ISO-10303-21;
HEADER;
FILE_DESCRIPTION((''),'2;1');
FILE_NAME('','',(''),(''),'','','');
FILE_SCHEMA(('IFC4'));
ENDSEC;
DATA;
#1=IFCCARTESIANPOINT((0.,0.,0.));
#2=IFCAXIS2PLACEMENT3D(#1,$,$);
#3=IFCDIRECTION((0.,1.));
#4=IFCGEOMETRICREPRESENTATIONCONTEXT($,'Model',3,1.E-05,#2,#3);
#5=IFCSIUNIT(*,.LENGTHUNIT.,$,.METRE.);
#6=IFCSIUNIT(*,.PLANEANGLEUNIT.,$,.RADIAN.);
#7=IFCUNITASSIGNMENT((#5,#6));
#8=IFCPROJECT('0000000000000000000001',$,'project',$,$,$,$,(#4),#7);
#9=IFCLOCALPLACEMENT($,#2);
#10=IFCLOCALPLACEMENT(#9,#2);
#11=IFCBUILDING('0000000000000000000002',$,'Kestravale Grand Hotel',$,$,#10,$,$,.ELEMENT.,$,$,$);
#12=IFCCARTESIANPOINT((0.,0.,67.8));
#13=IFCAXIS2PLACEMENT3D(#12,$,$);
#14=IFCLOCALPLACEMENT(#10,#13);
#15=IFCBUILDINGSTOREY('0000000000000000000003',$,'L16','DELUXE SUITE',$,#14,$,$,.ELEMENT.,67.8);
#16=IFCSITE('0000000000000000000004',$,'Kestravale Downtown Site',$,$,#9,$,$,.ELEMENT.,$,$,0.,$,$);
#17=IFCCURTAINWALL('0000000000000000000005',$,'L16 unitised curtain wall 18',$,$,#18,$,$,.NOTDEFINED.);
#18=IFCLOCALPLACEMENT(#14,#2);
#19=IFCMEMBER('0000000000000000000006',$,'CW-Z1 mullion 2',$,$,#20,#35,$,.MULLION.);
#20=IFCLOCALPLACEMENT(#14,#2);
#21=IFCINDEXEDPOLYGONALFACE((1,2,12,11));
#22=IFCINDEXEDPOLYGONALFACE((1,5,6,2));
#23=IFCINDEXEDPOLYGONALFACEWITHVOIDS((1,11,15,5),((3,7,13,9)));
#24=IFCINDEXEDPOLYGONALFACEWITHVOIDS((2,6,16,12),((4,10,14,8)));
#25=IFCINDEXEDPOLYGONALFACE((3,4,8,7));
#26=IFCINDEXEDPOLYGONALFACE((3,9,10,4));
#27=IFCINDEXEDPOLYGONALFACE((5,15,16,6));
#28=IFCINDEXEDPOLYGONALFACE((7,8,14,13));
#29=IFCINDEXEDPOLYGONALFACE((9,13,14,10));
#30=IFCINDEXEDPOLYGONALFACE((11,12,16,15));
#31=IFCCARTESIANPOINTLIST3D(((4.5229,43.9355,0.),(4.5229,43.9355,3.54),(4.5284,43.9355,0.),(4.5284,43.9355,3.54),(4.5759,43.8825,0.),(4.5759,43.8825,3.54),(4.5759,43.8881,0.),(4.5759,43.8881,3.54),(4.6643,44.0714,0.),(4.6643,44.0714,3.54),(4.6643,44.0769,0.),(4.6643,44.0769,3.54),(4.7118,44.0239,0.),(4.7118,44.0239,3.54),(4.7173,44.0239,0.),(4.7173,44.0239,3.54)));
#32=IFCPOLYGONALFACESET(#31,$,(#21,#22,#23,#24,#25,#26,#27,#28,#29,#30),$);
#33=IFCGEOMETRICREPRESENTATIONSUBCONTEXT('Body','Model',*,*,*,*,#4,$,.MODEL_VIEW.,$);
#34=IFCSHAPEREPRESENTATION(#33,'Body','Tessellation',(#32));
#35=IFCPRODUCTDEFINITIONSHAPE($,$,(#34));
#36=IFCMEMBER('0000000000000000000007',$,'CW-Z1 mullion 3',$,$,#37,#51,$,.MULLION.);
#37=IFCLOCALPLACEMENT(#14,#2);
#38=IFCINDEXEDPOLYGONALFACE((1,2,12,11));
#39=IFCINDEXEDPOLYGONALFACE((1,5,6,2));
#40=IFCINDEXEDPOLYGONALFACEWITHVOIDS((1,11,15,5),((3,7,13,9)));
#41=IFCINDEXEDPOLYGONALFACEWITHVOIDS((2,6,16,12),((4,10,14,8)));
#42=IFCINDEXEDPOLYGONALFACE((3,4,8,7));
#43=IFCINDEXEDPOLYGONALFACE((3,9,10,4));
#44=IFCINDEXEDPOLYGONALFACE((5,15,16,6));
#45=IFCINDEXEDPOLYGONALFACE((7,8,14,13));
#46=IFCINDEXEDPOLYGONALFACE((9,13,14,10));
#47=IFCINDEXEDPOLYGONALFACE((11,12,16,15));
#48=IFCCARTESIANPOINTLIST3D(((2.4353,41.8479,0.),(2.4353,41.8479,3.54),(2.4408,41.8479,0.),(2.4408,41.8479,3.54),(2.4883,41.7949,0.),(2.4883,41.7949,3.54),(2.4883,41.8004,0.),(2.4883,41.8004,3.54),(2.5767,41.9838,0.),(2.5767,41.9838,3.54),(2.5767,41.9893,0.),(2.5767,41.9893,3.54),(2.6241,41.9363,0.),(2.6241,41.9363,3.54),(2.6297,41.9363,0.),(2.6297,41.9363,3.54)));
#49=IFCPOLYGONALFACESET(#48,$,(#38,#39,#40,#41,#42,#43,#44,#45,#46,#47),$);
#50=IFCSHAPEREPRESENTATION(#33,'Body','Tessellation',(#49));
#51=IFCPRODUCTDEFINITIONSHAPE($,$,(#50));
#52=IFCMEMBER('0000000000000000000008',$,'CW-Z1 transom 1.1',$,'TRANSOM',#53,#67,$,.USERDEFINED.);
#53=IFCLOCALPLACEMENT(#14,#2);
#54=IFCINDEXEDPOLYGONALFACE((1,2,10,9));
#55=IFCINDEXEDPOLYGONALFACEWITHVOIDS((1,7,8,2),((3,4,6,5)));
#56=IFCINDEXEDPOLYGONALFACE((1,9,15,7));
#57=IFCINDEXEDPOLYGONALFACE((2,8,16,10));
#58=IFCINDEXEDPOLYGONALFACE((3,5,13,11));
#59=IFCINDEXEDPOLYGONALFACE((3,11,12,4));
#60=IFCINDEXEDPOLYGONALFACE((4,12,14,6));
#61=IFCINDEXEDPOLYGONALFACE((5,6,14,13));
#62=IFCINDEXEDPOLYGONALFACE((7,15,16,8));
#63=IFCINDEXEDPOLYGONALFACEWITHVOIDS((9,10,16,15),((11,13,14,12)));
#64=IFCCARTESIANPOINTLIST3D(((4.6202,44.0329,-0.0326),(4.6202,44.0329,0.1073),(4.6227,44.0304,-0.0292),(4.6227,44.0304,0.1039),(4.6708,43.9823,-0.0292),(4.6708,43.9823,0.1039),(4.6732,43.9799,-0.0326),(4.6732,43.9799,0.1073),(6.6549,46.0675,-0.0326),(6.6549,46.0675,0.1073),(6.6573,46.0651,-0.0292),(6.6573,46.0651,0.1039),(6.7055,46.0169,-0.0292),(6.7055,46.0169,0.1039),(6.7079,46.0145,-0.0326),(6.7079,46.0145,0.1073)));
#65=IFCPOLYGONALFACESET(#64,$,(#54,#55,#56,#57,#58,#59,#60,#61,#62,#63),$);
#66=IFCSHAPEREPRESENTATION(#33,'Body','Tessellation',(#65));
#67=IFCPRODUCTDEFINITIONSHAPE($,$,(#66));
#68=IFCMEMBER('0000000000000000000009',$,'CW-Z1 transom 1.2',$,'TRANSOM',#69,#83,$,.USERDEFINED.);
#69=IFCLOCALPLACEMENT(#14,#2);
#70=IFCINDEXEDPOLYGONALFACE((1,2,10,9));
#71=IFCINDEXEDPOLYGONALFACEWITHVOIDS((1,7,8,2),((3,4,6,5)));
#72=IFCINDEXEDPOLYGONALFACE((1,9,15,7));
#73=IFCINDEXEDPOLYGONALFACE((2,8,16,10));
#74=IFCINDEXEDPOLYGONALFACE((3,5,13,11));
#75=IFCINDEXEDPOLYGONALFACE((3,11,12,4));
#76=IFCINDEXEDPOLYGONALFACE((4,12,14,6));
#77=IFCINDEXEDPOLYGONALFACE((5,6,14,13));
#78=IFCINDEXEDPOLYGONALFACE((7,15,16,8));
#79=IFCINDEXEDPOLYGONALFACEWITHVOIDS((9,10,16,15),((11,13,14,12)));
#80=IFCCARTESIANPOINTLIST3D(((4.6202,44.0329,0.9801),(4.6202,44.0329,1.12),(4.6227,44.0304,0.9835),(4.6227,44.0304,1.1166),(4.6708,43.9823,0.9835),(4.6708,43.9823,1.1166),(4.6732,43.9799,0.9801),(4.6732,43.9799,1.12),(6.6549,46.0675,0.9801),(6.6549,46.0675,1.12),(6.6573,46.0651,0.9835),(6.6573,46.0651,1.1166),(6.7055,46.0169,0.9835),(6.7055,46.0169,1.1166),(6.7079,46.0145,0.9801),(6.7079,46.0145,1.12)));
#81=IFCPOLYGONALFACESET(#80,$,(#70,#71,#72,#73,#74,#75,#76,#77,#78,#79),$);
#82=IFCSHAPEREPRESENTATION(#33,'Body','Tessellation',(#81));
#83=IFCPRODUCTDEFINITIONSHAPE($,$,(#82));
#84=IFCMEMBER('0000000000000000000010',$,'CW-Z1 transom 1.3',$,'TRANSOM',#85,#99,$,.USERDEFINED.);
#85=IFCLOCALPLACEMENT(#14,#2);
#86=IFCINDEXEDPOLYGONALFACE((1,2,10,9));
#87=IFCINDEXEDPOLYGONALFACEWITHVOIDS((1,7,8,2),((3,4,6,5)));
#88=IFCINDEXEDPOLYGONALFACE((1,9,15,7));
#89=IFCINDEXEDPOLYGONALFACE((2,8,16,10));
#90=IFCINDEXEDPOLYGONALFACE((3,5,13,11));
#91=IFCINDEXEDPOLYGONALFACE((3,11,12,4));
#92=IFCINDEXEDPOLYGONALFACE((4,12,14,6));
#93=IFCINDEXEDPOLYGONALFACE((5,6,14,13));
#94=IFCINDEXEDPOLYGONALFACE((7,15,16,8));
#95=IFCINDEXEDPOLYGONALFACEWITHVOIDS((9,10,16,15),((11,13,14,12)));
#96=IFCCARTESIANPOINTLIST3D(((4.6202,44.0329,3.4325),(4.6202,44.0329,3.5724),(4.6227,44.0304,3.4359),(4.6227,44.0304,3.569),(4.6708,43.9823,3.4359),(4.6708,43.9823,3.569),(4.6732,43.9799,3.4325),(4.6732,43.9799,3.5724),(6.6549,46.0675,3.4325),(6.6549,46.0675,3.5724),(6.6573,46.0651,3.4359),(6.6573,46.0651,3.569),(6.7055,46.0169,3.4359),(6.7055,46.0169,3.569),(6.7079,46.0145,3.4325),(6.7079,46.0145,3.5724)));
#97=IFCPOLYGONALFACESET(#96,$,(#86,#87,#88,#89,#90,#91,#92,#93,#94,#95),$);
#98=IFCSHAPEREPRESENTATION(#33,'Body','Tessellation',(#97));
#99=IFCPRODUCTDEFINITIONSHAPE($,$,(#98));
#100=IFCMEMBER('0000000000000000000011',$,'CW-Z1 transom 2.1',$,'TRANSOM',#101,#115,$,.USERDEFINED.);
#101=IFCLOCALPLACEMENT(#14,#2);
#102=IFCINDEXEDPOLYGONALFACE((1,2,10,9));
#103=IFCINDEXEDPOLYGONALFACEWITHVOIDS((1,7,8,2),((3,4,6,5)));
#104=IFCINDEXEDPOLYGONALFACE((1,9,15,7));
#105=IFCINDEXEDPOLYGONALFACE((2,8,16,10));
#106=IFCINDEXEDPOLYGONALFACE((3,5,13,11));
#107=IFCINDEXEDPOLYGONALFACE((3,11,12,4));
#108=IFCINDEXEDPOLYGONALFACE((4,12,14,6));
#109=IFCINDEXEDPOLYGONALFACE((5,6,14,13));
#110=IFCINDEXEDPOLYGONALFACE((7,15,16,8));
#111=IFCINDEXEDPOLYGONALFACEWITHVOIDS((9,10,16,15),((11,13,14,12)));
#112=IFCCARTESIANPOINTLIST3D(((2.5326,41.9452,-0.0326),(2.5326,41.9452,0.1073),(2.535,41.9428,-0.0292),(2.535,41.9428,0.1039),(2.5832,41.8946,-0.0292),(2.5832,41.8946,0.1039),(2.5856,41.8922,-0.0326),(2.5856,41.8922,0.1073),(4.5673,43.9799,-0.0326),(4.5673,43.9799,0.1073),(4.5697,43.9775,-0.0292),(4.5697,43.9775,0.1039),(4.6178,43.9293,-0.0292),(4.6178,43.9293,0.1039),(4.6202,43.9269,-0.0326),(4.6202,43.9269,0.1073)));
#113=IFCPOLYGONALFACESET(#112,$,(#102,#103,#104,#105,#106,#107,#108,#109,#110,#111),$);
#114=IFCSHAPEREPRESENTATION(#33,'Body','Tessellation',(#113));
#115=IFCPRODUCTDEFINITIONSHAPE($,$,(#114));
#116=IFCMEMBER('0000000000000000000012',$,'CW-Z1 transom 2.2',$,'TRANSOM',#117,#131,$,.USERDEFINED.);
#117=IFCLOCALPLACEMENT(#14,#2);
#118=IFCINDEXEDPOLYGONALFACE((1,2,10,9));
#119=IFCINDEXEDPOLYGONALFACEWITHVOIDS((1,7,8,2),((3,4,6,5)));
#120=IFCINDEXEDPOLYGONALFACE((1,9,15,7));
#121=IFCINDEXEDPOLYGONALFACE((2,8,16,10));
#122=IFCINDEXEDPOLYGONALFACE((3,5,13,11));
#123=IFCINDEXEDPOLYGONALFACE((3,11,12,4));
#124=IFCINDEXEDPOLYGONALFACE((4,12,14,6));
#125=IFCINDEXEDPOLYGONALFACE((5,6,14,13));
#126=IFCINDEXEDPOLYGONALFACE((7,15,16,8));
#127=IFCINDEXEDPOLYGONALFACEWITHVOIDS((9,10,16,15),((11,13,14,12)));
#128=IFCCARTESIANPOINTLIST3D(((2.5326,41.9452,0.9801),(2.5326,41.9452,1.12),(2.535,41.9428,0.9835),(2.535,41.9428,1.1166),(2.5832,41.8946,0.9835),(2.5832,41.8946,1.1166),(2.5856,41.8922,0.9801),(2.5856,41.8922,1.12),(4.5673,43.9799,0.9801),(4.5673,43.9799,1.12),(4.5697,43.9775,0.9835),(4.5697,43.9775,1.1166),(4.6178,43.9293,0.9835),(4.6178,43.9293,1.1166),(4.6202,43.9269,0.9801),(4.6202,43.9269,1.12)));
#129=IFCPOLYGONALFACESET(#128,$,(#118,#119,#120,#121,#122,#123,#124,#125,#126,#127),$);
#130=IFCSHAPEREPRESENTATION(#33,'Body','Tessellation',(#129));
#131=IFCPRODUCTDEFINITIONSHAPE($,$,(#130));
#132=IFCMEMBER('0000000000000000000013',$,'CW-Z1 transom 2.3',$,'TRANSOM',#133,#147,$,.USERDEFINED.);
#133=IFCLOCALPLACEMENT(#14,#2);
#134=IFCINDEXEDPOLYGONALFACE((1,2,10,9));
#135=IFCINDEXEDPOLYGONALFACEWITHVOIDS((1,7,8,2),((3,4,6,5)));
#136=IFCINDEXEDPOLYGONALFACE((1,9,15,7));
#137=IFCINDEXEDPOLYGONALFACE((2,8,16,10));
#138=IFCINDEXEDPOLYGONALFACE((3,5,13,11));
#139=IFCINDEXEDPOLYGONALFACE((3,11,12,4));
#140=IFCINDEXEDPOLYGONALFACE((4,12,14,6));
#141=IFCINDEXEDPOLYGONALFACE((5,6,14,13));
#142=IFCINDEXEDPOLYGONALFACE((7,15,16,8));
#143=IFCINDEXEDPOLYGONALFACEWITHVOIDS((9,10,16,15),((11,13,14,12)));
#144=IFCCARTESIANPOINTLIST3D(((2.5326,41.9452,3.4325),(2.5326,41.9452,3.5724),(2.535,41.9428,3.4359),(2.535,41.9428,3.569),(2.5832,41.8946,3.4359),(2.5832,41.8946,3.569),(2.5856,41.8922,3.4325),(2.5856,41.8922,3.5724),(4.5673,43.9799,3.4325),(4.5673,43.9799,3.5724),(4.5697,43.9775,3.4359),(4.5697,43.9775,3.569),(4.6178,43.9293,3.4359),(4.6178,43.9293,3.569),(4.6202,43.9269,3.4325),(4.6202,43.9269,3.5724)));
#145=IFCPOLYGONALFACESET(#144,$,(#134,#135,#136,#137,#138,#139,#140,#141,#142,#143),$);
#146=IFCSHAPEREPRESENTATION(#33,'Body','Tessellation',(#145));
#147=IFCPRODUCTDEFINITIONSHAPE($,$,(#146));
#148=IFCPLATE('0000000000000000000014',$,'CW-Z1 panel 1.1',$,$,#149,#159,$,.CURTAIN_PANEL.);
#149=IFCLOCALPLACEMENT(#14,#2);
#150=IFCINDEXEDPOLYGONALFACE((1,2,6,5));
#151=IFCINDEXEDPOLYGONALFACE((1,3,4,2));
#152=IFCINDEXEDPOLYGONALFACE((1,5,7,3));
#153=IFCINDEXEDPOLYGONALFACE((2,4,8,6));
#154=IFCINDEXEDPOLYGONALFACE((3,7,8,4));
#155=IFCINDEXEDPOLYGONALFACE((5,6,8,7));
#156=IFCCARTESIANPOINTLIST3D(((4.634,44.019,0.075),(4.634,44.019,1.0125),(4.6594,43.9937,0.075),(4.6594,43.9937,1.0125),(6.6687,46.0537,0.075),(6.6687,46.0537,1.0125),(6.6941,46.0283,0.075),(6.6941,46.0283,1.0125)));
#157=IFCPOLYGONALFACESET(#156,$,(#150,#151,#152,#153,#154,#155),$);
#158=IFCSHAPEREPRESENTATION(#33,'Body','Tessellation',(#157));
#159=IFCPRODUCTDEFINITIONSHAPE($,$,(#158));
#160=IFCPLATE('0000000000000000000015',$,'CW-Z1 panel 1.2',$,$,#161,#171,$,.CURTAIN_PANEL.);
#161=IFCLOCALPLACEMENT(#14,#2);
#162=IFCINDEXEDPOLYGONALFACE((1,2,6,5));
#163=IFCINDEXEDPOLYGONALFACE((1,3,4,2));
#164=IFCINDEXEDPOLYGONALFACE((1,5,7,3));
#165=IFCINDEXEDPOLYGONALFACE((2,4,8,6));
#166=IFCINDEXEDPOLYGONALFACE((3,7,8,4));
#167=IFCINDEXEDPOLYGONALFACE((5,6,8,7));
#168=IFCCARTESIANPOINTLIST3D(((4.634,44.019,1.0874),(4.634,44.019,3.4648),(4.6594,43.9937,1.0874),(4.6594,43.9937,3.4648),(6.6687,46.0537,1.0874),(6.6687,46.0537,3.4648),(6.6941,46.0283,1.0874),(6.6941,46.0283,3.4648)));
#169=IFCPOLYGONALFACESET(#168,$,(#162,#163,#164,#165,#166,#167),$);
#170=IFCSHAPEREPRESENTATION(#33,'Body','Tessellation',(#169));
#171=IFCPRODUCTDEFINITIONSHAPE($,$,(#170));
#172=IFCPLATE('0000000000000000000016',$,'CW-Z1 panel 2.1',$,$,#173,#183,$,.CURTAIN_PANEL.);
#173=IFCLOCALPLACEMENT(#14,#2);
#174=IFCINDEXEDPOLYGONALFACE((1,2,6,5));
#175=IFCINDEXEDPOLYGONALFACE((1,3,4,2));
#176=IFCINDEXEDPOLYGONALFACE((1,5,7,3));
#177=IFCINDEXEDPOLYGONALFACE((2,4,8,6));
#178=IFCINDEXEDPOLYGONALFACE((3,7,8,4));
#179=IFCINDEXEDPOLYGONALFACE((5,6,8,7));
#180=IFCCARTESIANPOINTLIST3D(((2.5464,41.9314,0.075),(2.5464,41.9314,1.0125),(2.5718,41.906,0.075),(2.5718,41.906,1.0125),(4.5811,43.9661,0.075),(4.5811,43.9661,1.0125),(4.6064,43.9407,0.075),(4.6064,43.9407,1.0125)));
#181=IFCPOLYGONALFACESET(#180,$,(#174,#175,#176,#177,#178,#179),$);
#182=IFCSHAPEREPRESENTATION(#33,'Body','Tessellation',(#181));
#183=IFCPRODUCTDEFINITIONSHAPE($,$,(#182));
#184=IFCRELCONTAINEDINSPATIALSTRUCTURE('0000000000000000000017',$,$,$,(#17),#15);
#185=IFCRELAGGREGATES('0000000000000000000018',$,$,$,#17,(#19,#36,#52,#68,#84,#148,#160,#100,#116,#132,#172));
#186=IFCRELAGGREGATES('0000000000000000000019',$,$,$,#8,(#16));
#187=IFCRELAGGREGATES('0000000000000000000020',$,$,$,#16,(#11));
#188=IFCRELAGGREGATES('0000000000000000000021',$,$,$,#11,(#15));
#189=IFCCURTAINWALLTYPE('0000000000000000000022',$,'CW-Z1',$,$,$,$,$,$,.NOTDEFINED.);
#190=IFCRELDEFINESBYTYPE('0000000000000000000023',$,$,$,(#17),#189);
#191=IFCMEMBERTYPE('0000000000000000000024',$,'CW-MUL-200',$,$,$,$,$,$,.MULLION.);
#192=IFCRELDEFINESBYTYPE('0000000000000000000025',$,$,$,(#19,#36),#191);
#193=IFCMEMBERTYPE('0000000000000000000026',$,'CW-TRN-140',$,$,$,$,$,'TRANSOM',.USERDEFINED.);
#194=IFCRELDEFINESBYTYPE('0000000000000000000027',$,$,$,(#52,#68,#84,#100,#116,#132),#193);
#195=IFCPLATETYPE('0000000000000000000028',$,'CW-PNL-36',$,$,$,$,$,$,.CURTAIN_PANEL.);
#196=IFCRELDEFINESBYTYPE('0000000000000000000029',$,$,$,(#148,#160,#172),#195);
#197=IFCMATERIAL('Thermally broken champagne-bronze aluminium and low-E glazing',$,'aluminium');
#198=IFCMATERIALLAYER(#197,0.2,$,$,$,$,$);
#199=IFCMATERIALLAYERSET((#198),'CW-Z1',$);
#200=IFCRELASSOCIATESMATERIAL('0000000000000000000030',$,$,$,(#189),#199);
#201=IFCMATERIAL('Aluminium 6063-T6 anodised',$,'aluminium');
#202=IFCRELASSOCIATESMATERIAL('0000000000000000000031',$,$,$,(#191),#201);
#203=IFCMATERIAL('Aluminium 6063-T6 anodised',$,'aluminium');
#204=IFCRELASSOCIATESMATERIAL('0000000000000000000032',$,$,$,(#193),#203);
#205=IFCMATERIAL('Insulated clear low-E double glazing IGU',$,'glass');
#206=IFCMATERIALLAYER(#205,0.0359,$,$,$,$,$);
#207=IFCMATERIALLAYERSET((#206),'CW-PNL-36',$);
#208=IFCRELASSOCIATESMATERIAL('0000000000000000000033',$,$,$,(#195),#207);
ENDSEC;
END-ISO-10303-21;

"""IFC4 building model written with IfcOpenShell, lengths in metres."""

from ifc_helpers import new_model, si_unit, direction, frame, origin, origin_2d, place, context, subcontext, project, spatial, rectangle, hollow_rectangle, extrude, material, layer, layer_set, material_profile, profile_set, type_object, element, aggregate, save


model = new_model("IFC4")

# Units and contexts
model_context = context("Model", 3, precision=1e-05, world=origin(), true_north=direction((0.0, 1.0)))
body_context = subcontext(model_context, "Body", "Model", "MODEL_VIEW")
ifc_project = project(units=[si_unit("LENGTHUNIT", "METRE"), si_unit("PLANEANGLEUNIT", "RADIAN")], contexts=[model_context])

# Site, building, storey
site_placement = place(None, origin())
site = spatial("IfcSite", under=ifc_project, at=site_placement, Name="Kestravale Downtown Site", CompositionType="ELEMENT", RefElevation=0.0)
building_placement = place(site_placement, origin())
building = spatial("IfcBuilding", under=site, at=building_placement, Name="Kestravale Grand Hotel", CompositionType="ELEMENT")
storey_placement = place(building_placement, frame((0.0, 0.0, 67.8)))
storey = spatial("IfcBuildingStorey", under=building, at=storey_placement, Name="L16", Description="DELUXE SUITE", CompositionType="ELEMENT", Elevation=67.8)

# Curtain wall, members, plates
ifc_material_1 = material(Name="Thermally broken champagne-bronze aluminium and low-E glazing", Category="aluminium")
ifc_layer_1 = layer(ifc_material_1, 0.2)
ifc_layer_set_1 = layer_set([ifc_layer_1], Name="CW-Z1")
curtain_wall_type = type_object("IfcCurtainWallType", Name="CW-Z1", PredefinedType="NOTDEFINED", material=ifc_layer_set_1)
curtain_wall_placement = place(storey_placement, origin())
curtain_wall = element("IfcCurtainWall", 1, at=curtain_wall_placement, inside=storey, type_object=curtain_wall_type, Name="L16 unitised curtain wall 18", PredefinedType="NOTDEFINED")
ifc_material_2 = material(Name="Aluminium 6063-T6 anodised", Category="aluminium")
ifc_material_profile_1 = material_profile(ifc_material_2, hollow_rectangle(XDim=0.075, YDim=0.2, WallThickness=0.0039, at=origin_2d()))
ifc_profile_set_1 = profile_set([ifc_material_profile_1], Name="Aluminium 6063-T6 anodised")
member_type_1 = type_object("IfcMemberType", Name="CW-MUL-200", PredefinedType="MULLION", material=ifc_profile_set_1)
member_1_placement = place(storey_placement, frame((4.6201, 43.9797, 0.0), z_axis=(0.0, 0.0, 1.0), x_axis=(0.707107, -0.707107, 0.0)))
member_1 = element("IfcMember", 2, at=member_1_placement, type_object=member_type_1, Name="CW-Z1 mullion 2", PredefinedType="MULLION", context=body_context, shape_type="SweptSolid", body=[
    extrude(hollow_rectangle(XDim=0.075, YDim=0.2, WallThickness=0.0039, at=origin_2d()), origin(), (0.0, 0.0, 1.0), 3.54),
])
member_2_placement = place(storey_placement, frame((2.5325, 41.8921, 0.0), z_axis=(0.0, 0.0, 1.0), x_axis=(0.707107, -0.707107, 0.0)))
member_2 = element("IfcMember", 3, at=member_2_placement, type_object=member_type_1, Name="CW-Z1 mullion 3", PredefinedType="MULLION", context=body_context, shape_type="SweptSolid", body=[
    extrude(hollow_rectangle(XDim=0.075, YDim=0.2, WallThickness=0.0039, at=origin_2d()), origin(), (0.0, 0.0, 1.0), 3.54),
])
ifc_material_3 = material(Name="Aluminium 6063-T6 anodised", Category="aluminium")
ifc_material_profile_2 = material_profile(ifc_material_3, hollow_rectangle(XDim=0.075, YDim=0.1399, WallThickness=0.0034, at=origin_2d()))
ifc_profile_set_2 = profile_set([ifc_material_profile_2], Name="Aluminium 6063-T6 anodised")
member_type_2 = type_object("IfcMemberType", Name="CW-TRN-140", ElementType="TRANSOM", PredefinedType="USERDEFINED", material=ifc_profile_set_2)
member_3_placement = place(storey_placement, frame((6.6814, 46.041, 0.0374), z_axis=(-0.707107, -0.707107, 0.0), x_axis=(0.707107, -0.707107, 0.0)))
member_3 = element("IfcMember", 4, at=member_3_placement, type_object=member_type_2, Name="CW-Z1 transom 1.1", ObjectType="TRANSOM", PredefinedType="USERDEFINED", context=body_context, shape_type="SweptSolid", body=[
    extrude(hollow_rectangle(XDim=0.075, YDim=0.1399, WallThickness=0.0034, at=origin_2d()), origin(), (0.0, 0.0, 1.0), 2.8774),
])
member_4_placement = place(storey_placement, frame((6.6814, 46.041, 1.05), z_axis=(-0.707107, -0.707107, 0.0), x_axis=(0.707107, -0.707107, 0.0)))
member_4 = element("IfcMember", 5, at=member_4_placement, type_object=member_type_2, Name="CW-Z1 transom 1.2", ObjectType="TRANSOM", PredefinedType="USERDEFINED", context=body_context, shape_type="SweptSolid", body=[
    extrude(hollow_rectangle(XDim=0.075, YDim=0.1399, WallThickness=0.0034, at=origin_2d()), origin(), (0.0, 0.0, 1.0), 2.8774),
])
member_5_placement = place(storey_placement, frame((6.6814, 46.041, 3.5024), z_axis=(-0.707107, -0.707107, 0.0), x_axis=(0.707107, -0.707107, 0.0)))
member_5 = element("IfcMember", 6, at=member_5_placement, type_object=member_type_2, Name="CW-Z1 transom 1.3", ObjectType="TRANSOM", PredefinedType="USERDEFINED", context=body_context, shape_type="SweptSolid", body=[
    extrude(hollow_rectangle(XDim=0.075, YDim=0.1399, WallThickness=0.0034, at=origin_2d()), origin(), (0.0, 0.0, 1.0), 2.8774),
])
member_6_placement = place(storey_placement, frame((4.5938, 43.9534, 0.0374), z_axis=(-0.707107, -0.707107, 0.0), x_axis=(0.707107, -0.707107, 0.0)))
member_6 = element("IfcMember", 7, at=member_6_placement, type_object=member_type_2, Name="CW-Z1 transom 2.1", ObjectType="TRANSOM", PredefinedType="USERDEFINED", context=body_context, shape_type="SweptSolid", body=[
    extrude(hollow_rectangle(XDim=0.075, YDim=0.1399, WallThickness=0.0034, at=origin_2d()), origin(), (0.0, 0.0, 1.0), 2.8774),
])
member_7_placement = place(storey_placement, frame((4.5938, 43.9534, 1.05), z_axis=(-0.707107, -0.707107, 0.0), x_axis=(0.707107, -0.707107, 0.0)))
member_7 = element("IfcMember", 8, at=member_7_placement, type_object=member_type_2, Name="CW-Z1 transom 2.2", ObjectType="TRANSOM", PredefinedType="USERDEFINED", context=body_context, shape_type="SweptSolid", body=[
    extrude(hollow_rectangle(XDim=0.075, YDim=0.1399, WallThickness=0.0034, at=origin_2d()), origin(), (0.0, 0.0, 1.0), 2.8774),
])
member_8_placement = place(storey_placement, frame((4.5938, 43.9534, 3.5024), z_axis=(-0.707107, -0.707107, 0.0), x_axis=(0.707107, -0.707107, 0.0)))
member_8 = element("IfcMember", 9, at=member_8_placement, type_object=member_type_2, Name="CW-Z1 transom 2.3", ObjectType="TRANSOM", PredefinedType="USERDEFINED", context=body_context, shape_type="SweptSolid", body=[
    extrude(hollow_rectangle(XDim=0.075, YDim=0.1399, WallThickness=0.0034, at=origin_2d()), origin(), (0.0, 0.0, 1.0), 2.8774),
])
ifc_material_4 = material(Name="Insulated clear low-E double glazing IGU", Category="glass")
ifc_layer_2 = layer(ifc_material_4, 0.0359)
ifc_layer_set_2 = layer_set([ifc_layer_2], Name="CW-PNL-36")
plate_type = type_object("IfcPlateType", Name="CW-PNL-36", PredefinedType="CURTAIN_PANEL", material=ifc_layer_set_2)
plate_1_placement = place(storey_placement, frame((5.6641, 45.0237, 0.075), z_axis=(0.0, 0.0, 1.0), x_axis=(-0.707107, -0.707107, 0.0)))
plate_1 = element("IfcPlate", 10, at=plate_1_placement, type_object=plate_type, Name="CW-Z1 panel 1.1", PredefinedType="CURTAIN_PANEL", context=body_context, shape_type="SweptSolid", body=[
    extrude(rectangle(XDim=2.8774, YDim=0.0359, at=origin_2d()), origin(), (0.0, 0.0, 1.0), 0.9375),
])
plate_2_placement = place(storey_placement, frame((5.6641, 45.0237, 1.0874), z_axis=(0.0, 0.0, 1.0), x_axis=(-0.707107, -0.707107, 0.0)))
plate_2 = element("IfcPlate", 11, at=plate_2_placement, type_object=plate_type, Name="CW-Z1 panel 1.2", PredefinedType="CURTAIN_PANEL", context=body_context, shape_type="SweptSolid", body=[
    extrude(rectangle(XDim=2.8774, YDim=0.0359, at=origin_2d()), origin(), (0.0, 0.0, 1.0), 2.3774),
])
plate_3_placement = place(storey_placement, frame((3.5764, 42.936, 0.075), z_axis=(0.0, 0.0, 1.0), x_axis=(-0.707107, -0.707107, 0.0)))
plate_3 = element("IfcPlate", 12, at=plate_3_placement, type_object=plate_type, Name="CW-Z1 panel 2.1", PredefinedType="CURTAIN_PANEL", context=body_context, shape_type="SweptSolid", body=[
    extrude(rectangle(XDim=2.8774, YDim=0.0359, at=origin_2d()), origin(), (0.0, 0.0, 1.0), 0.9375),
])
aggregate(curtain_wall, [member_1, member_2, member_3, member_4, member_5, plate_1, plate_2, member_6, member_7, member_8, plate_3])

save(model, "model.ifc")
